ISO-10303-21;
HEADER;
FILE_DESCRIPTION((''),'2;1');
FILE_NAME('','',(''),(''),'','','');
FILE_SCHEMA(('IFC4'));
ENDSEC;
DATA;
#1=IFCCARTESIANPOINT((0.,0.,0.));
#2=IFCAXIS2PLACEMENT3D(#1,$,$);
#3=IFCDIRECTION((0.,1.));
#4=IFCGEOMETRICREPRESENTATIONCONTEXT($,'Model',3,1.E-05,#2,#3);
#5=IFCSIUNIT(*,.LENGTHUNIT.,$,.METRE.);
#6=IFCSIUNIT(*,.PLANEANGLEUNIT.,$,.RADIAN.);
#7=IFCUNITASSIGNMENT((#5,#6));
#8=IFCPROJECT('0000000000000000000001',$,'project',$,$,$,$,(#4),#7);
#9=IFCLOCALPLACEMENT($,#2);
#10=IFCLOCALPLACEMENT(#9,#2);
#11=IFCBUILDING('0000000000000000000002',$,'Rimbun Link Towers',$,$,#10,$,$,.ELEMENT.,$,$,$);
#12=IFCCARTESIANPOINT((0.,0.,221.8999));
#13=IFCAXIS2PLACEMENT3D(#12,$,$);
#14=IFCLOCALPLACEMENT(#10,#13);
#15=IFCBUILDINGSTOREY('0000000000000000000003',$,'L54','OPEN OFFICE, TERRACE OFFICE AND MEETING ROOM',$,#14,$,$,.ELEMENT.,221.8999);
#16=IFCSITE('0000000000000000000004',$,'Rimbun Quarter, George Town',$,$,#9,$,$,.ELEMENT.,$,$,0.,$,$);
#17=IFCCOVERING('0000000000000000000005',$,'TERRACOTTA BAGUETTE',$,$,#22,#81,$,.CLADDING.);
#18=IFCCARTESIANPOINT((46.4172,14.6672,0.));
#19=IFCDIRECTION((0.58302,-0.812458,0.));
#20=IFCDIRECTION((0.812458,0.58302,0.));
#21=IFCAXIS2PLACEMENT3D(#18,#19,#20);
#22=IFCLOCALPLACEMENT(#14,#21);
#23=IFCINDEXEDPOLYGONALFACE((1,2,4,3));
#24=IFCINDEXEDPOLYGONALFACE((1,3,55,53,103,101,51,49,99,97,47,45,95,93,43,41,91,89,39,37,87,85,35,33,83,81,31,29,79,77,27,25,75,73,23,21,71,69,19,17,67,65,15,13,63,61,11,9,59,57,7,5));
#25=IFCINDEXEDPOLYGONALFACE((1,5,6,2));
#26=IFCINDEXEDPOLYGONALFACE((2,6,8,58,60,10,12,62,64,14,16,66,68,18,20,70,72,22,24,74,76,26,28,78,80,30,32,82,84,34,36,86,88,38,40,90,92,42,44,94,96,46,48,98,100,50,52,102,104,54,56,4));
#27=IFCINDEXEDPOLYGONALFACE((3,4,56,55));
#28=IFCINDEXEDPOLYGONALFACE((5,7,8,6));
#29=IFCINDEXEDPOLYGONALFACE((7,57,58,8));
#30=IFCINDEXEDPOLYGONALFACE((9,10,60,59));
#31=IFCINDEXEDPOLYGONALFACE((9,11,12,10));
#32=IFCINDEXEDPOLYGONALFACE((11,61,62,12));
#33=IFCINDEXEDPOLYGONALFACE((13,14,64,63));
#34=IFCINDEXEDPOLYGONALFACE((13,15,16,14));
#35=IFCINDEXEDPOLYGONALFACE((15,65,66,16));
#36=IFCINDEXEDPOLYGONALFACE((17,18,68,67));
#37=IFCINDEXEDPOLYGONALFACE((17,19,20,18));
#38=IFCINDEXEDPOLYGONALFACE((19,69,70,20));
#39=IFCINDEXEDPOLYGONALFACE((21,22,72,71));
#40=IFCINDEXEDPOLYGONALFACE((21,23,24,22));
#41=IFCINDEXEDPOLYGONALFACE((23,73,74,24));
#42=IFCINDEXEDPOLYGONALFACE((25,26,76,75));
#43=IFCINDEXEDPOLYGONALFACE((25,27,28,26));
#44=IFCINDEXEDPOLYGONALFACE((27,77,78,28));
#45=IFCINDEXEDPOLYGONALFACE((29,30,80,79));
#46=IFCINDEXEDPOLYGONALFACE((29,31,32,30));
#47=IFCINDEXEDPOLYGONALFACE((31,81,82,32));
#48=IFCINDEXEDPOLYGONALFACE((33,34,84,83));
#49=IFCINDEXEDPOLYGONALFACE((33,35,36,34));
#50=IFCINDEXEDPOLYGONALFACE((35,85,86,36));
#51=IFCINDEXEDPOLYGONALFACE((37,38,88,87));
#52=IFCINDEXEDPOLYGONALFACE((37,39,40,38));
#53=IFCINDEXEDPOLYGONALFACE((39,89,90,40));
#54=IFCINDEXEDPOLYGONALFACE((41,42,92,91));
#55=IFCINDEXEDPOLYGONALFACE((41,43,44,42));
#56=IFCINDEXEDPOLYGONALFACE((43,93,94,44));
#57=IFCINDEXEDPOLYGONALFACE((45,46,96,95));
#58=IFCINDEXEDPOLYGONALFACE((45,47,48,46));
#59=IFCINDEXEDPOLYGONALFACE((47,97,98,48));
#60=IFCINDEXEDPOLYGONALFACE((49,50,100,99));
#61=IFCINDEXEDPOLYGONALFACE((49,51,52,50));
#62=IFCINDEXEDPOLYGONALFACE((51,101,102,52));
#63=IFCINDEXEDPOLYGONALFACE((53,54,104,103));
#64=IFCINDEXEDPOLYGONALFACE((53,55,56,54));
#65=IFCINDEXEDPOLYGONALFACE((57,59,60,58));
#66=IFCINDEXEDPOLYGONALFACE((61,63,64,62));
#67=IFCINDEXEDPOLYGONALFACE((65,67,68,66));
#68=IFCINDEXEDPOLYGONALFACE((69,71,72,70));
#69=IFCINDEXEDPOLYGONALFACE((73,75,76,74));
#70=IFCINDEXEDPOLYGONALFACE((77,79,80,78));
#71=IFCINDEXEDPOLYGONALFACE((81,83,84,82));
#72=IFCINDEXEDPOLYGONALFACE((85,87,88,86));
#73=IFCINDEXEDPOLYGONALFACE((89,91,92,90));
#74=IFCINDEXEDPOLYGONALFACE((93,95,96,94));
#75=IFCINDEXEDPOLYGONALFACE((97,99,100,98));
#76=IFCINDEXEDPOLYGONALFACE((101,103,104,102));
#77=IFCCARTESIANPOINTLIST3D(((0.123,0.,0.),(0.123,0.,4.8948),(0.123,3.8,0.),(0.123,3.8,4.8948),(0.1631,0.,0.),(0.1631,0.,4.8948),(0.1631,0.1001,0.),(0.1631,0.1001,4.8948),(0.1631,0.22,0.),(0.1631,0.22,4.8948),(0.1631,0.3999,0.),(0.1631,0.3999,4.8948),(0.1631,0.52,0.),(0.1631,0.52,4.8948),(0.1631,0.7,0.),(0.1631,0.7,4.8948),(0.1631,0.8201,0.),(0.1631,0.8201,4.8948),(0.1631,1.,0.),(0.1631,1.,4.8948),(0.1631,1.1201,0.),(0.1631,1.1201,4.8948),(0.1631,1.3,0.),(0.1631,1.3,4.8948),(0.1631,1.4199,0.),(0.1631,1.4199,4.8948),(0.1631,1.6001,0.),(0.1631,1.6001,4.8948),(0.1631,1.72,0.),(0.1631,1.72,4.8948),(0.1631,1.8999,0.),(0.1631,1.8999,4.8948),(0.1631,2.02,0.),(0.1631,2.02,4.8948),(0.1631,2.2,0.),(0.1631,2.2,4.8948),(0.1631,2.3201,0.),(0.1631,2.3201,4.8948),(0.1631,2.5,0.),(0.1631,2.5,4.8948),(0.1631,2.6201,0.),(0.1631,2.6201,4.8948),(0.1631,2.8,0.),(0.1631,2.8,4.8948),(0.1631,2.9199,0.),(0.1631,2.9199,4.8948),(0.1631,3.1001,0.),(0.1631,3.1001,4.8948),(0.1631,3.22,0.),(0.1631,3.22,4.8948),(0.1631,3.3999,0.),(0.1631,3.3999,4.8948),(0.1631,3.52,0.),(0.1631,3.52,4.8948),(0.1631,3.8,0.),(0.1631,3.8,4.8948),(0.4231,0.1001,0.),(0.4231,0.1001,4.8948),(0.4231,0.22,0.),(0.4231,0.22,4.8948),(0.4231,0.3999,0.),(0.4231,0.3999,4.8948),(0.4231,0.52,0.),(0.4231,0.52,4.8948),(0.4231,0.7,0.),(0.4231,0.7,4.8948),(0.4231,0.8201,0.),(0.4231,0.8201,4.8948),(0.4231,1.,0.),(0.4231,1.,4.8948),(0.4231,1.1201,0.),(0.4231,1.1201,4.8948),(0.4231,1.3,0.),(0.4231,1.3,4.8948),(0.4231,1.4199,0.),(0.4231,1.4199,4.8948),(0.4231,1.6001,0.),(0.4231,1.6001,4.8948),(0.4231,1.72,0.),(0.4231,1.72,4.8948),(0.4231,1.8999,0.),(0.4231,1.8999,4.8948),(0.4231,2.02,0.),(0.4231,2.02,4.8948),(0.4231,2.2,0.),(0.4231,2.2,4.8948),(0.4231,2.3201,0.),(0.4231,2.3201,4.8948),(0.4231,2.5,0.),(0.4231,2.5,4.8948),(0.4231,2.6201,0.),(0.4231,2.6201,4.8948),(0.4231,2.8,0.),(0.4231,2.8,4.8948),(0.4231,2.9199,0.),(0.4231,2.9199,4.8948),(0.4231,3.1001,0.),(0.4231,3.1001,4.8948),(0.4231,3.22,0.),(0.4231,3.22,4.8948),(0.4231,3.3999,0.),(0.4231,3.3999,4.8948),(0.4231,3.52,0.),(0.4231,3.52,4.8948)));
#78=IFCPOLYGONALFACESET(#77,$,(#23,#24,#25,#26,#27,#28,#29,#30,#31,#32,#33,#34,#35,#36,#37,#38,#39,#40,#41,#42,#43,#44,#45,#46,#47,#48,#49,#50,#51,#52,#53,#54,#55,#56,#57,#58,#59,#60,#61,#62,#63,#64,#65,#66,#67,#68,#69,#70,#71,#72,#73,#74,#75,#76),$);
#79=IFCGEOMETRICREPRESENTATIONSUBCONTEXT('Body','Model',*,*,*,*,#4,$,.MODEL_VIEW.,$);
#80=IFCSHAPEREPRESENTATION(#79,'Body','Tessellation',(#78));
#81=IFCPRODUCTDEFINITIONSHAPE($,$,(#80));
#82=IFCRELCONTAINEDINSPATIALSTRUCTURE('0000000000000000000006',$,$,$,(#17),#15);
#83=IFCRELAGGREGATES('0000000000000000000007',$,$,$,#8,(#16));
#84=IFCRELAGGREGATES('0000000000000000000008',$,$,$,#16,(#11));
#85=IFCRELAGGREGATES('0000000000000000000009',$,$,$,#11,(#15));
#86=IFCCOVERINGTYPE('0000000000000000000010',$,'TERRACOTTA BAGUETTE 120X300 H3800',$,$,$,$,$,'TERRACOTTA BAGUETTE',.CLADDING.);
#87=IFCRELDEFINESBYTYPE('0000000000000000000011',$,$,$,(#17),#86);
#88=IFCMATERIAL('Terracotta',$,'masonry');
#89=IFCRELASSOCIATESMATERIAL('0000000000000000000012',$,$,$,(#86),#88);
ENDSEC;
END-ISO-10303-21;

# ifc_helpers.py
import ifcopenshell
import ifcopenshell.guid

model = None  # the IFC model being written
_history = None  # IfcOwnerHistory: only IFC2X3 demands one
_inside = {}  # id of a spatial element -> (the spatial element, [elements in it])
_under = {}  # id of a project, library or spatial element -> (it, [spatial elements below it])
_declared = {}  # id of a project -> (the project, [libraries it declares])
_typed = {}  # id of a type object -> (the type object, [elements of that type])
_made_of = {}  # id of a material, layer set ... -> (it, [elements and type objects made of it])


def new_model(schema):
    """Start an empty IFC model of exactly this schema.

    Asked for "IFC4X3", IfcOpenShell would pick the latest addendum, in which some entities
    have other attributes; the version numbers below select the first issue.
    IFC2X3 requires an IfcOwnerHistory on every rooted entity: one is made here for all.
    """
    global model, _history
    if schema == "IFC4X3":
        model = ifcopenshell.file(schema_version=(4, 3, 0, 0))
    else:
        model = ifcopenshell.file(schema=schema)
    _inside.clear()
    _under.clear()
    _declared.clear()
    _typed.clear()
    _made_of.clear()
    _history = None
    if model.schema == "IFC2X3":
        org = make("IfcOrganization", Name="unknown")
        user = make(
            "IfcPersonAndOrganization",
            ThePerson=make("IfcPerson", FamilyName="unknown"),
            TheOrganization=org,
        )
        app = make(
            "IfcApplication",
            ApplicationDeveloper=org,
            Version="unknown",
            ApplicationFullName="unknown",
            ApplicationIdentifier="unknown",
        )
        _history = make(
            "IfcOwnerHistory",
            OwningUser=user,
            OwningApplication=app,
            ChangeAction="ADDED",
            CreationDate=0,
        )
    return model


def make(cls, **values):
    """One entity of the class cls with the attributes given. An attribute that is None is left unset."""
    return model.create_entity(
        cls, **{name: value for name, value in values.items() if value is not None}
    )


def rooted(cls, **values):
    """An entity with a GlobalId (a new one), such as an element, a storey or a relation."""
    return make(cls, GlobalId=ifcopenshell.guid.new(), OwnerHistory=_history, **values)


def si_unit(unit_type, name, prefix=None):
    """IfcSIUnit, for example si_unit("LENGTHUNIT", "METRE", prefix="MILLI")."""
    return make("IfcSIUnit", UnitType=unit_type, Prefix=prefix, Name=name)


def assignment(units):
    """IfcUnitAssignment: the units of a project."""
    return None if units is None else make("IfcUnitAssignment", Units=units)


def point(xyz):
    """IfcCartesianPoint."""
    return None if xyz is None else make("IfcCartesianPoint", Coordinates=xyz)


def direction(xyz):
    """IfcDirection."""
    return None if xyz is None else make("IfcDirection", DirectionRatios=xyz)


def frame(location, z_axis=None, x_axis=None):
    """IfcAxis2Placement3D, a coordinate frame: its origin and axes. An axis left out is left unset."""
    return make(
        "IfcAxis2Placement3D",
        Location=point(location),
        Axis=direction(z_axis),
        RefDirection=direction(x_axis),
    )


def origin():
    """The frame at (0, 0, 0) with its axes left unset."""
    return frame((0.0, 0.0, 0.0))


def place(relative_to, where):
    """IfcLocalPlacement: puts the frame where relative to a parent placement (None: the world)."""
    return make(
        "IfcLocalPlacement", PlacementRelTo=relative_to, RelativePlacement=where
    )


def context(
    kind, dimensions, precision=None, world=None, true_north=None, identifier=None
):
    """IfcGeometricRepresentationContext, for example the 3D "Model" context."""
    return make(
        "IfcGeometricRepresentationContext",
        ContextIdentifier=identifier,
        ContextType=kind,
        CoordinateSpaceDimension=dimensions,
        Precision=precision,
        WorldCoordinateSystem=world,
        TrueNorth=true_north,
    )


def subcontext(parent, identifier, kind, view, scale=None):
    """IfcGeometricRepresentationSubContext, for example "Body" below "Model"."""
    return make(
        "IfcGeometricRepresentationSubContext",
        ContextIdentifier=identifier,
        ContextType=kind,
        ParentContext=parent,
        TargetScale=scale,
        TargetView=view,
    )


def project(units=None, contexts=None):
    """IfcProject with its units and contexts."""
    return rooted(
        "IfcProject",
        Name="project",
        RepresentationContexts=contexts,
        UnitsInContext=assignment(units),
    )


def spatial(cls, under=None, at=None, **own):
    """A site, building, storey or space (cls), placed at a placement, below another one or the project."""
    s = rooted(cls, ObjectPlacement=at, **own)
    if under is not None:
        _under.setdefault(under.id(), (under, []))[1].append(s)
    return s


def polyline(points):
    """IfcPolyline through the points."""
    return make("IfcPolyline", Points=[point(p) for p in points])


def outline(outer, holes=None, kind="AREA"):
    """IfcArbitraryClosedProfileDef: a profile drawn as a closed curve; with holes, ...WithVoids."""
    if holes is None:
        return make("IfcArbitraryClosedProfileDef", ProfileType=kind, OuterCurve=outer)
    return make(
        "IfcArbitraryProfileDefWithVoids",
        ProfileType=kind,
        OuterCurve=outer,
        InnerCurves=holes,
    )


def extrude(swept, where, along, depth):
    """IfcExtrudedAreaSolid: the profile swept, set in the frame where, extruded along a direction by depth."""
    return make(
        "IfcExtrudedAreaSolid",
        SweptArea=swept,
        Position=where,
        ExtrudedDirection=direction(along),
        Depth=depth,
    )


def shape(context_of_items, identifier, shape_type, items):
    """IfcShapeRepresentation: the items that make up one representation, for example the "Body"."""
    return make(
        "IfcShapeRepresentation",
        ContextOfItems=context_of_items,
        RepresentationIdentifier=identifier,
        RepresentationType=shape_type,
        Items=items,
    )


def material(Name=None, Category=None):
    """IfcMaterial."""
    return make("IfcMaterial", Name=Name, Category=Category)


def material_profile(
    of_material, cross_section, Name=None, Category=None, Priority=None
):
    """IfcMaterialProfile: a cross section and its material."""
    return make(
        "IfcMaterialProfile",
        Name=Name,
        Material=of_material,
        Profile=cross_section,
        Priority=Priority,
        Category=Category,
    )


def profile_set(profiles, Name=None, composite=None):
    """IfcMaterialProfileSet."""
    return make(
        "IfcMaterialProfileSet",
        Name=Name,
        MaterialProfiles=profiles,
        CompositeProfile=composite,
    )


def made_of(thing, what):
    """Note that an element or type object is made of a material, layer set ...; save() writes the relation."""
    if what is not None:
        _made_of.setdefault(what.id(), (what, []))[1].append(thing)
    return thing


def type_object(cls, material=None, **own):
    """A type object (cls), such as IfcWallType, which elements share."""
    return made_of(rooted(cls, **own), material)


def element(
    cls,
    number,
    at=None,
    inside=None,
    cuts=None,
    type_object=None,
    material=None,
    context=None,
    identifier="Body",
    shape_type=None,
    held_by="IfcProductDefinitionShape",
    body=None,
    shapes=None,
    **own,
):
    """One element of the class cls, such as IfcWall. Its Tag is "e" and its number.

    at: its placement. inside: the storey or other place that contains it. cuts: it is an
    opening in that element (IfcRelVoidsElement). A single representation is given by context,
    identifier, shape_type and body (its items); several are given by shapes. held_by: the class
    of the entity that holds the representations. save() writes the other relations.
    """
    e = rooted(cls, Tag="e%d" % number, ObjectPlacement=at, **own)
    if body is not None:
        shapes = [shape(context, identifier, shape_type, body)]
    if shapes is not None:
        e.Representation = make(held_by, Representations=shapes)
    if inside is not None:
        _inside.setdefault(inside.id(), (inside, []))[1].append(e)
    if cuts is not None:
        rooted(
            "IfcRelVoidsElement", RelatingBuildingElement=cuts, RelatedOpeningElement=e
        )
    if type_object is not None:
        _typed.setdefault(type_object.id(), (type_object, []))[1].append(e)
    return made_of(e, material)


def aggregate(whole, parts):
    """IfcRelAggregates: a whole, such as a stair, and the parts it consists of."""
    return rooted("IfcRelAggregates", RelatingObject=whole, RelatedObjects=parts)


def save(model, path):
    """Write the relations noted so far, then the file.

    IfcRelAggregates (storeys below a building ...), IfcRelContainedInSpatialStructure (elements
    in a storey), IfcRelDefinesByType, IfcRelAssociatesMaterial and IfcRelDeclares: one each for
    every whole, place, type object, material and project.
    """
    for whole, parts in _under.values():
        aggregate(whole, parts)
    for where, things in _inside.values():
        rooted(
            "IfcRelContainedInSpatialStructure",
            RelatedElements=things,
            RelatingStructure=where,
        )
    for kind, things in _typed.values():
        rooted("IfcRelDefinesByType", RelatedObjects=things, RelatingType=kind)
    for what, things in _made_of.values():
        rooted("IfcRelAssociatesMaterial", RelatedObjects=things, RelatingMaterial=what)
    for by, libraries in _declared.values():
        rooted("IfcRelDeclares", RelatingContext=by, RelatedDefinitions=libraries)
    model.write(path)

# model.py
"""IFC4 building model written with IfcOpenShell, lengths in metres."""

from ifc_helpers import new_model, si_unit, direction, frame, origin, place, context, subcontext, project, spatial, polyline, outline, extrude, material, material_profile, profile_set, type_object, element, save


model = new_model("IFC4")

# Units and contexts
model_context = context("Model", 3, precision=1e-05, world=origin(), true_north=direction((0.0, 1.0)))
body_context = subcontext(model_context, "Body", "Model", "MODEL_VIEW")
ifc_project = project(units=[si_unit("LENGTHUNIT", "METRE"), si_unit("PLANEANGLEUNIT", "RADIAN")], contexts=[model_context])

# Site, building, storey
site_placement = place(None, origin())
site = spatial("IfcSite", under=ifc_project, at=site_placement, Name="Rimbun Quarter, George Town", CompositionType="ELEMENT", RefElevation=0.0)
building_placement = place(site_placement, origin())
building = spatial("IfcBuilding", under=site, at=building_placement, Name="Rimbun Link Towers", CompositionType="ELEMENT")
storey_placement = place(building_placement, frame((0.0, 0.0, 221.8999)))
storey = spatial("IfcBuildingStorey", under=building, at=storey_placement, Name="L54", Description="OPEN OFFICE, TERRACE OFFICE AND MEETING ROOM", CompositionType="ELEMENT", Elevation=221.8999)

# Covering
ifc_material_1 = material(Name="Terracotta", Category="masonry")
ifc_material_profile_1 = material_profile(ifc_material_1, outline(polyline([(0.123, 0.0), (0.1631, 0.0), (0.1631, 0.1001), (0.4231, 0.1001), (0.4231, 0.22), (0.1631, 0.22), (0.1631, 0.3999), (0.4231, 0.3999), (0.4231, 0.52), (0.1631, 0.52), (0.1631, 0.7), (0.4231, 0.7), (0.4231, 0.8201), (0.1631, 0.8201), (0.1631, 1.0), (0.4231, 1.0), (0.4231, 1.1201), (0.1631, 1.1201), (0.1631, 1.3), (0.4231, 1.3), (0.4231, 1.4199), (0.1631, 1.4199), (0.1631, 1.6001), (0.4231, 1.6001), (0.4231, 1.72), (0.1631, 1.72), (0.1631, 1.8999), (0.4231, 1.8999), (0.4231, 2.02), (0.1631, 2.02), (0.1631, 2.2), (0.4231, 2.2), (0.4231, 2.3201), (0.1631, 2.3201), (0.1631, 2.5), (0.4231, 2.5), (0.4231, 2.6201), (0.1631, 2.6201), (0.1631, 2.8), (0.4231, 2.8), (0.4231, 2.9199), (0.1631, 2.9199), (0.1631, 3.1001), (0.4231, 3.1001), (0.4231, 3.22), (0.1631, 3.22), (0.1631, 3.3999), (0.4231, 3.3999), (0.4231, 3.52), (0.1631, 3.52), (0.1631, 3.8), (0.123, 3.8), (0.123, 0.0)])), Name="BAGUETTE 120X300")
ifc_profile_set_1 = profile_set([ifc_material_profile_1], Name="Terracotta")
covering_type = type_object("IfcCoveringType", Name="TERRACOTTA BAGUETTE 120X300 H3800", ElementType="TERRACOTTA BAGUETTE", PredefinedType="CLADDING", material=ifc_profile_set_1)
covering_placement = place(storey_placement, frame((46.4172, 14.6672, 0.0), z_axis=(0.58302, -0.812458, 0.0), x_axis=(0.812458, 0.58302, 0.0)))
element("IfcCovering", 1, at=covering_placement, inside=storey, type_object=covering_type, Name="TERRACOTTA BAGUETTE", PredefinedType="CLADDING", context=body_context, shape_type="SweptSolid", body=[
    extrude(outline(polyline([(0.123, 0.0), (0.1631, 0.0), (0.1631, 0.1001), (0.4231, 0.1001), (0.4231, 0.22), (0.1631, 0.22), (0.1631, 0.3999), (0.4231, 0.3999), (0.4231, 0.52), (0.1631, 0.52), (0.1631, 0.7), (0.4231, 0.7), (0.4231, 0.8201), (0.1631, 0.8201), (0.1631, 1.0), (0.4231, 1.0), (0.4231, 1.1201), (0.1631, 1.1201), (0.1631, 1.3), (0.4231, 1.3), (0.4231, 1.4199), (0.1631, 1.4199), (0.1631, 1.6001), (0.4231, 1.6001), (0.4231, 1.72), (0.1631, 1.72), (0.1631, 1.8999), (0.4231, 1.8999), (0.4231, 2.02), (0.1631, 2.02), (0.1631, 2.2), (0.4231, 2.2), (0.4231, 2.3201), (0.1631, 2.3201), (0.1631, 2.5), (0.4231, 2.5), (0.4231, 2.6201), (0.1631, 2.6201), (0.1631, 2.8), (0.4231, 2.8), (0.4231, 2.9199), (0.1631, 2.9199), (0.1631, 3.1001), (0.4231, 3.1001), (0.4231, 3.22), (0.1631, 3.22), (0.1631, 3.3999), (0.4231, 3.3999), (0.4231, 3.52), (0.1631, 3.52), (0.1631, 3.8), (0.123, 3.8), (0.123, 0.0)])), origin(), (0.0, 0.0, 1.0), 4.8948),
])

save(model, "model.ifc")
